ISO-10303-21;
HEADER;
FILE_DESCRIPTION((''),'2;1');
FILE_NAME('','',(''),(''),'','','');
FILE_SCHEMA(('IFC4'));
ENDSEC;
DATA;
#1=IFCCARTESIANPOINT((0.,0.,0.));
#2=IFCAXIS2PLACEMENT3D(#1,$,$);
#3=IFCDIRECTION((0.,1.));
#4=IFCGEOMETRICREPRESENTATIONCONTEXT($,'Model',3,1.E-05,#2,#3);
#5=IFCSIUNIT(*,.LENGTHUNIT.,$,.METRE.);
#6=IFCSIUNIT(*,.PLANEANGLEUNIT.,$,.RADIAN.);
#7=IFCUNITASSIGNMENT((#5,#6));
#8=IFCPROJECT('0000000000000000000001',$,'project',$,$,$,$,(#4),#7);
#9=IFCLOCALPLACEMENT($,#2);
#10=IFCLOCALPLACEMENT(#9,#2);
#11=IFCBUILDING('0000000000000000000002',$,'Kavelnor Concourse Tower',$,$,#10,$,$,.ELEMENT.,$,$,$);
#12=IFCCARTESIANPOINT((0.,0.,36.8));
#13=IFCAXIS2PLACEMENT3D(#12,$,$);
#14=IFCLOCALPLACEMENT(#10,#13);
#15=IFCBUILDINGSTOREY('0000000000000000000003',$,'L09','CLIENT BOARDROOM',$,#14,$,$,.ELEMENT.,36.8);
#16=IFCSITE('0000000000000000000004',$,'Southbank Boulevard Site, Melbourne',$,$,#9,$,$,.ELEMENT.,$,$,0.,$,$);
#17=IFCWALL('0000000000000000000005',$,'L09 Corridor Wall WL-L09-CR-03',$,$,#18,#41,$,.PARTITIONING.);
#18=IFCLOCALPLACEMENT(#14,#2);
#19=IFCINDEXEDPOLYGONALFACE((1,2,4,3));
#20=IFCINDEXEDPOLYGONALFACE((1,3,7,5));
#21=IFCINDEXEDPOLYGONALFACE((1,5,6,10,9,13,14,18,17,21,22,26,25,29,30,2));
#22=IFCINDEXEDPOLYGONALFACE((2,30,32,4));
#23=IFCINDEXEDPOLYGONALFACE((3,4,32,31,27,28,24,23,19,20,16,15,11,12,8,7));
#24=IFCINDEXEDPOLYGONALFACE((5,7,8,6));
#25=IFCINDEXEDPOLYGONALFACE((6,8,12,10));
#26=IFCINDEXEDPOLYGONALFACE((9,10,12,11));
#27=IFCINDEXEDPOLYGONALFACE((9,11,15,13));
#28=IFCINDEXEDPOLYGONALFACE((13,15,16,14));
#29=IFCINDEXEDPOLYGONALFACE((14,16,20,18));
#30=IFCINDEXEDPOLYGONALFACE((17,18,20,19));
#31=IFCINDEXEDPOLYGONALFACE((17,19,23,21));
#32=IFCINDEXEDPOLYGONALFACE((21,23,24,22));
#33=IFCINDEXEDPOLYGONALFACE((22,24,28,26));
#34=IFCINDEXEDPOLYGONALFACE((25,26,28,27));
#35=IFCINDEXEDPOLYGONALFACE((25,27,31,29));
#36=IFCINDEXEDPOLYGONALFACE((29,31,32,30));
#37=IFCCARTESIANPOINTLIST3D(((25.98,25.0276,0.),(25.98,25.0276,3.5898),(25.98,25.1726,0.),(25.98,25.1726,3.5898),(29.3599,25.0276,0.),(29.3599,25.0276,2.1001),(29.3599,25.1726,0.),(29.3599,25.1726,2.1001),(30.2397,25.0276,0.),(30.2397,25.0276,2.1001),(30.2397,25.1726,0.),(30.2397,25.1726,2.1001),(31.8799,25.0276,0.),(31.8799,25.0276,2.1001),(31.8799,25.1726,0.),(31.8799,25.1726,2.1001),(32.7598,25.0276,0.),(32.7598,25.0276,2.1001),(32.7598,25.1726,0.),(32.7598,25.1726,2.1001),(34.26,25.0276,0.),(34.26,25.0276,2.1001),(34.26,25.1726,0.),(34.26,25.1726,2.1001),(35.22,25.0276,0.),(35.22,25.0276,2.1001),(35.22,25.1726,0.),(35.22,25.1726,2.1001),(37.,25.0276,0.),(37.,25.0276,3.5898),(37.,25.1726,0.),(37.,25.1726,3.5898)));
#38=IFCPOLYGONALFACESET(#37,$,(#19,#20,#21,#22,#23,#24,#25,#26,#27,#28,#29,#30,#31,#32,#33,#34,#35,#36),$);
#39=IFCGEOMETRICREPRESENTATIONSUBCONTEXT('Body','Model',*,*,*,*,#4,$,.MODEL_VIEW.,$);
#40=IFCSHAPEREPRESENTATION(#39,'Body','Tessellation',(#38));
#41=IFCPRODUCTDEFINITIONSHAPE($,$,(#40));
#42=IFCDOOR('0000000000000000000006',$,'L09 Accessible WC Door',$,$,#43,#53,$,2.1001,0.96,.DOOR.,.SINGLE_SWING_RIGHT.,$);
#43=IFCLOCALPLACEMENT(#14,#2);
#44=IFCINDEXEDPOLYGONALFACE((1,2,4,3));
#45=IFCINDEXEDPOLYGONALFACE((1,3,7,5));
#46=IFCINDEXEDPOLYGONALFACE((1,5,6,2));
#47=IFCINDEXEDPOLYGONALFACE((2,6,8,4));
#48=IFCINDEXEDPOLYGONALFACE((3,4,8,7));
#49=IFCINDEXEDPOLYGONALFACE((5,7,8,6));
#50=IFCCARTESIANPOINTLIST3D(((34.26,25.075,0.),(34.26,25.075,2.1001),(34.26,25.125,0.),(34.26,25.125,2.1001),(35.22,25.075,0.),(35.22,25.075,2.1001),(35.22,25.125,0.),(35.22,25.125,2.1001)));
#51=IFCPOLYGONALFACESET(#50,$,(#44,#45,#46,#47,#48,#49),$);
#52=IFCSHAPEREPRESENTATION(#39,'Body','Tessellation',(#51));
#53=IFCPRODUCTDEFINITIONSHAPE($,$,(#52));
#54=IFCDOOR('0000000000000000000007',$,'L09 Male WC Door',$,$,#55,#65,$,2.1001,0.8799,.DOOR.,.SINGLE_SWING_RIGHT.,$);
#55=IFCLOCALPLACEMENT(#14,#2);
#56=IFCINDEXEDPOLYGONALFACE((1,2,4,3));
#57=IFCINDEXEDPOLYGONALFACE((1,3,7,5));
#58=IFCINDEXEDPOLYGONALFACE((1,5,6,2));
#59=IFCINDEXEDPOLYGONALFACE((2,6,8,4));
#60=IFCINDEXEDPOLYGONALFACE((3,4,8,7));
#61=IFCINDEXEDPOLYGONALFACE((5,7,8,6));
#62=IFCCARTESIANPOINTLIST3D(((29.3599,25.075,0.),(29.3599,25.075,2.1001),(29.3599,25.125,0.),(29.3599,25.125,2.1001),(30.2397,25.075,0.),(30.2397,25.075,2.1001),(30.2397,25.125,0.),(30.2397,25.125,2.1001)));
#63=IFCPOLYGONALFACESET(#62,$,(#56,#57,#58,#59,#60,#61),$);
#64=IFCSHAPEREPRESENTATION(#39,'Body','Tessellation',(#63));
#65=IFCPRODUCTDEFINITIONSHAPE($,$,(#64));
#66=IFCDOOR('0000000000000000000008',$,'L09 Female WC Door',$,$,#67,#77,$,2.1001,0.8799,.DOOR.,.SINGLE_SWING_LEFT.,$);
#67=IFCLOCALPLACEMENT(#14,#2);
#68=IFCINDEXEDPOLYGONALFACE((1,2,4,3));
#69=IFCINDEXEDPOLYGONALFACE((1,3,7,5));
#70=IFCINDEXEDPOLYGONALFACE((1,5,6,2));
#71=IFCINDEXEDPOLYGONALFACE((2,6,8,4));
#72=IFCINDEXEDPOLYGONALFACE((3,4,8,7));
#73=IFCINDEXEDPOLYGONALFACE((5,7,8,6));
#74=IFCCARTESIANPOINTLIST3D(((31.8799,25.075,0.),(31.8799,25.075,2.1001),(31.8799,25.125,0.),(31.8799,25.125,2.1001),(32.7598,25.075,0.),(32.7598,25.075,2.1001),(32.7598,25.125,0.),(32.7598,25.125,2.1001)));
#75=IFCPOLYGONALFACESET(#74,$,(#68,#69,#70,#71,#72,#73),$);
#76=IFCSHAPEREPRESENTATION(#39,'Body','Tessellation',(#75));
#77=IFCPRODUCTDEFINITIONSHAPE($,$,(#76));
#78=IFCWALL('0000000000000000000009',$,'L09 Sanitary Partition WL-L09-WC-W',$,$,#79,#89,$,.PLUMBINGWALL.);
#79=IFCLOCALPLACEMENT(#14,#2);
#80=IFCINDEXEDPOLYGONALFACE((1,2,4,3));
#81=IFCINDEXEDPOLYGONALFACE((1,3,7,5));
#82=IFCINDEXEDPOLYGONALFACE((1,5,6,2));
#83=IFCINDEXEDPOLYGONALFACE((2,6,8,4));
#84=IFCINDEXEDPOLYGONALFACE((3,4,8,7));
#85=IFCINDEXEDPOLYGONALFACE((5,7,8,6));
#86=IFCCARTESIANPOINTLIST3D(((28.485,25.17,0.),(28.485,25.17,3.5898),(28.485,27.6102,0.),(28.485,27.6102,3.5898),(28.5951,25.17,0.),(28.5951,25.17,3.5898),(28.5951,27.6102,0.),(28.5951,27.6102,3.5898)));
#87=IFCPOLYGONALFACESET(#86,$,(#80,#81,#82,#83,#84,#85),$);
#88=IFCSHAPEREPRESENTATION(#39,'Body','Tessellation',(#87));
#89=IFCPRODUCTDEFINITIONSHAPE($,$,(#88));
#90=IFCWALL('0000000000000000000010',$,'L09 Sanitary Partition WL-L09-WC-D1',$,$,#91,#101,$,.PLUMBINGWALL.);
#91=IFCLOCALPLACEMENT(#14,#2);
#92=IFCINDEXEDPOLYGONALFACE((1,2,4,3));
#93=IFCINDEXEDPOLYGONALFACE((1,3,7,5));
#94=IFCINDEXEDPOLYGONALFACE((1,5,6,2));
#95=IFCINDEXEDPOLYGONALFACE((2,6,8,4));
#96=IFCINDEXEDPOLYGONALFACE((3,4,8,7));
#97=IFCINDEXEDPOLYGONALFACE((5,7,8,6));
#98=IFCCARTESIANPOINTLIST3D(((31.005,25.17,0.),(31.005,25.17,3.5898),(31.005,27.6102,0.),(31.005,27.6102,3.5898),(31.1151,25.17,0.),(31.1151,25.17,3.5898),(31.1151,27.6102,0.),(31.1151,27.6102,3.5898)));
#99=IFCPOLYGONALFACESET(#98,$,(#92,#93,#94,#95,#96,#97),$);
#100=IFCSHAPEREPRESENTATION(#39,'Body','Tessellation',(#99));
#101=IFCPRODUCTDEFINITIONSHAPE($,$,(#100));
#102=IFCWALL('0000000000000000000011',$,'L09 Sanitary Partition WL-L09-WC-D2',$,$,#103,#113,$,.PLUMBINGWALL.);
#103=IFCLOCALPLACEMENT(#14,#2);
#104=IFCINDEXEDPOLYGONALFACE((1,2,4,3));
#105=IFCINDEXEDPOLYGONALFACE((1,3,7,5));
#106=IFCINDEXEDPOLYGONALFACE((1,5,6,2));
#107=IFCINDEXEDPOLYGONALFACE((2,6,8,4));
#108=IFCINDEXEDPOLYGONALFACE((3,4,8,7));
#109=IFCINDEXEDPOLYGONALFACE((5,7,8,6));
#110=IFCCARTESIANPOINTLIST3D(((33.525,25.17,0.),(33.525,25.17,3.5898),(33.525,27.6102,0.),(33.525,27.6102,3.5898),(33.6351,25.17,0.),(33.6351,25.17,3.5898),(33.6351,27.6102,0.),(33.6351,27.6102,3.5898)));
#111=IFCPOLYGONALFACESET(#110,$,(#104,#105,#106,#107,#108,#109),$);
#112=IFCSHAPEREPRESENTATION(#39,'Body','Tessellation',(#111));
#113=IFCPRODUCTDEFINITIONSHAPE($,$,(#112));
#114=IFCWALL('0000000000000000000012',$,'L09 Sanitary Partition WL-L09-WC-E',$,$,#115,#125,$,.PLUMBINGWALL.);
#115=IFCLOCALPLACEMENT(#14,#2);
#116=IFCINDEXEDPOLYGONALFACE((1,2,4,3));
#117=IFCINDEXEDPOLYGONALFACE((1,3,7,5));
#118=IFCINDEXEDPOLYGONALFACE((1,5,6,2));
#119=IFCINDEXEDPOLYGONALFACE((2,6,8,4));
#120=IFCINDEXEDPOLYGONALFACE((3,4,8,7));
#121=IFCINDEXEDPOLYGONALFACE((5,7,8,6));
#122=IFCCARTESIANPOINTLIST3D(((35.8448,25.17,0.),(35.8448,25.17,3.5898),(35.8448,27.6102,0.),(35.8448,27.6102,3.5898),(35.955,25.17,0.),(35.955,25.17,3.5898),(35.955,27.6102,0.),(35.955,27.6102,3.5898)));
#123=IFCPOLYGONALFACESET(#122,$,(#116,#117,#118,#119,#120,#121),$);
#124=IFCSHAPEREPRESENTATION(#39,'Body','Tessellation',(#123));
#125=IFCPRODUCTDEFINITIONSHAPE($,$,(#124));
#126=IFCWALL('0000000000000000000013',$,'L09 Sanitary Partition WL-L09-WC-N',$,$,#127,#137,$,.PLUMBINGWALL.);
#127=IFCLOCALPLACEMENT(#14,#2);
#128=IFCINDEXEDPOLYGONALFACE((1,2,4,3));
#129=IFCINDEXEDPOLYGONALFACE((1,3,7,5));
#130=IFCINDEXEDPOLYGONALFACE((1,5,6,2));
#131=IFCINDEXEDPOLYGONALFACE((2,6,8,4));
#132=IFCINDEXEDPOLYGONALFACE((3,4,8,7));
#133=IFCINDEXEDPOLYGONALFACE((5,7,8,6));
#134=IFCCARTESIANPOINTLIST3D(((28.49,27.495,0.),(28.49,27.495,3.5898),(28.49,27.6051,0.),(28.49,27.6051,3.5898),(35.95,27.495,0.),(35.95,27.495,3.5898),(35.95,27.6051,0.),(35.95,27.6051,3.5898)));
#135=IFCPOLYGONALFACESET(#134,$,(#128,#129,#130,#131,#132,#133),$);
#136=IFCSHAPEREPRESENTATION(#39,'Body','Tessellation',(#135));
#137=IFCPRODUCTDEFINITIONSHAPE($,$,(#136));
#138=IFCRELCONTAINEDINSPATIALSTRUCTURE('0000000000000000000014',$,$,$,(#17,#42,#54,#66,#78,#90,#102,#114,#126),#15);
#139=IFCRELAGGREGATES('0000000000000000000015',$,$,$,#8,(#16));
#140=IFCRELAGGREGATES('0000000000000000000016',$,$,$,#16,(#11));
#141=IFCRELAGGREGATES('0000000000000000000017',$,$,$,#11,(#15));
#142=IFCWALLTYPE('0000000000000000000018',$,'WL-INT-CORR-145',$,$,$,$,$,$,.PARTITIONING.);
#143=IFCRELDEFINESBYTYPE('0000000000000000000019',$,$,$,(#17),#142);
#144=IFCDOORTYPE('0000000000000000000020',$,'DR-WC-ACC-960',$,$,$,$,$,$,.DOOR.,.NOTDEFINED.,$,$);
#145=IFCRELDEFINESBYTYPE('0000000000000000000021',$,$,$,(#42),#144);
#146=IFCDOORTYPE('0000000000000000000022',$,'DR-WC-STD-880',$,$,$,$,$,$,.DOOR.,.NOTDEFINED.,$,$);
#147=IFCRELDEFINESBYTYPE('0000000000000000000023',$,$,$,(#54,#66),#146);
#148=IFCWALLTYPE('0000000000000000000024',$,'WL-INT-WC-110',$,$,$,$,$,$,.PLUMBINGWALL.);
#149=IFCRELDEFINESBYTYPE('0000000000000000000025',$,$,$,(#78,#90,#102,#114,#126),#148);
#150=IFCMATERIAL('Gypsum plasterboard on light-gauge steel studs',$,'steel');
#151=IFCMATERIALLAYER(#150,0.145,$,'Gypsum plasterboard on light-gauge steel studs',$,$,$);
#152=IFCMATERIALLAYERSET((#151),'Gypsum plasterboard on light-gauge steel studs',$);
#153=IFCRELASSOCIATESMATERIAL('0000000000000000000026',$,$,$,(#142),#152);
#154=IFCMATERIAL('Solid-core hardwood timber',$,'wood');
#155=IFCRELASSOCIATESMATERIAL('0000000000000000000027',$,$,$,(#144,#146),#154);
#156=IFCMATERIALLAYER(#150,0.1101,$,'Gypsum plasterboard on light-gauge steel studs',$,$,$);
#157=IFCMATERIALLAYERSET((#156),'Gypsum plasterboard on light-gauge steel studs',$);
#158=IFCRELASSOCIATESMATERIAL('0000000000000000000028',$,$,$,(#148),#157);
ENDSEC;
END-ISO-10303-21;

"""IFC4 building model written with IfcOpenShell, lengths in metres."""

from ifc_helpers import new_model, si_unit, direction, frame, frame_2d, origin, place, context, subcontext, project, spatial, rectangle, extrude, material, layer, layer_set, type_object, element, fill, save


model = new_model("IFC4")

# Units and contexts
model_context = context("Model", 3, precision=1e-05, world=origin(), true_north=direction((0.0, 1.0)))
body_context = subcontext(model_context, "Body", "Model", "MODEL_VIEW")
ifc_project = project(units=[si_unit("LENGTHUNIT", "METRE"), si_unit("PLANEANGLEUNIT", "RADIAN")], contexts=[model_context])

# Site, building, storey
site_placement = place(None, origin())
site = spatial("IfcSite", under=ifc_project, at=site_placement, Name="Southbank Boulevard Site, Melbourne", CompositionType="ELEMENT", RefElevation=0.0)
building_placement = place(site_placement, origin())
building = spatial("IfcBuilding", under=site, at=building_placement, Name="Kavelnor Concourse Tower", CompositionType="ELEMENT")
storey_placement = place(building_placement, frame((0.0, 0.0, 36.8)))
storey = spatial("IfcBuildingStorey", under=building, at=storey_placement, Name="L09", Description="CLIENT BOARDROOM", CompositionType="ELEMENT", Elevation=36.8)

# Wall, openings, doors
ifc_material_1 = material(Name="Gypsum plasterboard on light-gauge steel studs", Category="steel")
ifc_layer_1 = layer(ifc_material_1, 0.145, Name="Gypsum plasterboard on light-gauge steel studs")
ifc_layer_set_1 = layer_set([ifc_layer_1], Name="Gypsum plasterboard on light-gauge steel studs")
wall_type_1 = type_object("IfcWallType", Name="WL-INT-CORR-145", PredefinedType="PARTITIONING", material=ifc_layer_set_1)
wall_1_placement = place(storey_placement, frame((25.98, 25.1001, 0.0), z_axis=(0.0, 0.0, 1.0), x_axis=(1.0, 0.0, 0.0)))
wall_1 = element("IfcWall", 1, at=wall_1_placement, inside=storey, type_object=wall_type_1, Name="L09 Corridor Wall WL-L09-CR-03", PredefinedType="PARTITIONING", context=body_context, shape_type="SweptSolid", body=[
    extrude(rectangle(XDim=11.02, YDim=0.145, at=frame_2d((5.51, 0.0))), origin(), (0.0, 0.0, 1.0), 3.5898),
])
opening_1_placement = place(wall_1_placement, frame((3.3799, 0.0, 0.0)))
opening_1 = element("IfcOpeningElement", 2, at=opening_1_placement, cuts=wall_1, PredefinedType="OPENING", context=body_context, shape_type="SweptSolid", body=[
    extrude(rectangle(XDim=0.8799, YDim=2.1001, at=frame_2d((0.4399, 1.05))), frame((0.0, 0.0825, 0.0), z_axis=(0.0, -1.0, 0.0), x_axis=(1.0, 0.0, 0.0)), (0.0, 0.0, 1.0), 0.165),
])
opening_2_placement = place(wall_1_placement, frame((5.8999, 0.0, 0.0)))
opening_2 = element("IfcOpeningElement", 3, at=opening_2_placement, cuts=wall_1, PredefinedType="OPENING", context=body_context, shape_type="SweptSolid", body=[
    extrude(rectangle(XDim=0.8799, YDim=2.1001, at=frame_2d((0.4399, 1.05))), frame((0.0, 0.0825, 0.0), z_axis=(0.0, -1.0, 0.0), x_axis=(1.0, 0.0, 0.0)), (0.0, 0.0, 1.0), 0.165),
])
opening_3_placement = place(wall_1_placement, frame((8.28, 0.0, 0.0)))
opening_3 = element("IfcOpeningElement", 4, at=opening_3_placement, cuts=wall_1, PredefinedType="OPENING", context=body_context, shape_type="SweptSolid", body=[
    extrude(rectangle(XDim=0.96, YDim=2.1001, at=frame_2d((0.48, 1.05))), frame((0.0, 0.0825, 0.0), z_axis=(0.0, -1.0, 0.0), x_axis=(1.0, 0.0, 0.0)), (0.0, 0.0, 1.0), 0.165),
])
ifc_material_2 = material(Name="Solid-core hardwood timber", Category="wood")
door_type_1 = type_object("IfcDoorType", Name="DR-WC-ACC-960", OperationType="NOTDEFINED", PredefinedType="DOOR", material=ifc_material_2)
door_1_placement = place(opening_3_placement, origin())
door_1 = element("IfcDoor", 5, at=door_1_placement, inside=storey, type_object=door_type_1, Name="L09 Accessible WC Door", OperationType="SINGLE_SWING_RIGHT", OverallHeight=2.1001, OverallWidth=0.96, PredefinedType="DOOR", context=body_context, shape_type="SweptSolid", body=[
    extrude(rectangle(XDim=0.96, YDim=2.1001, at=frame_2d((0.48, 1.05))), frame((0.0, 0.0249, 0.0), z_axis=(0.0, -1.0, 0.0), x_axis=(1.0, 0.0, 0.0)), (0.0, 0.0, 1.0), 0.05),
])
fill(opening_3, door_1)
door_type_2 = type_object("IfcDoorType", Name="DR-WC-STD-880", OperationType="NOTDEFINED", PredefinedType="DOOR", material=ifc_material_2)
door_2_placement = place(opening_1_placement, origin())
door_2 = element("IfcDoor", 6, at=door_2_placement, inside=storey, type_object=door_type_2, Name="L09 Male WC Door", OperationType="SINGLE_SWING_RIGHT", OverallHeight=2.1001, OverallWidth=0.8799, PredefinedType="DOOR", context=body_context, shape_type="SweptSolid", body=[
    extrude(rectangle(XDim=0.8799, YDim=2.1001, at=frame_2d((0.4399, 1.05))), frame((0.0, 0.0249, 0.0), z_axis=(0.0, -1.0, 0.0), x_axis=(1.0, 0.0, 0.0)), (0.0, 0.0, 1.0), 0.05),
])
fill(opening_1, door_2)
door_3_placement = place(opening_2_placement, origin())
door_3 = element("IfcDoor", 7, at=door_3_placement, inside=storey, type_object=door_type_2, Name="L09 Female WC Door", OperationType="SINGLE_SWING_LEFT", OverallHeight=2.1001, OverallWidth=0.8799, PredefinedType="DOOR", context=body_context, shape_type="SweptSolid", body=[
    extrude(rectangle(XDim=0.8799, YDim=2.1001, at=frame_2d((0.4399, 1.05))), frame((0.0, 0.0249, 0.0), z_axis=(0.0, -1.0, 0.0), x_axis=(1.0, 0.0, 0.0)), (0.0, 0.0, 1.0), 0.05),
])
fill(opening_2, door_3)

# Walls
ifc_layer_2 = layer(ifc_material_1, 0.1101, Name="Gypsum plasterboard on light-gauge steel studs")
ifc_layer_set_2 = layer_set([ifc_layer_2], Name="Gypsum plasterboard on light-gauge steel studs")
wall_type_2 = type_object("IfcWallType", Name="WL-INT-WC-110", PredefinedType="PLUMBINGWALL", material=ifc_layer_set_2)
for number, where, z_axis, x_axis, name in (
    (8, (28.54, 25.1699, 0.0), (0.0, 0.0, 1.0), (0.0, 1.0, 0.0), "L09 Sanitary Partition WL-L09-WC-W"),
    (9, (31.0601, 25.1699, 0.0), (0.0, 0.0, 1.0), (0.0, 1.0, 0.0), "L09 Sanitary Partition WL-L09-WC-D1"),
    (10, (33.5801, 25.1699, 0.0), (0.0, 0.0, 1.0), (0.0, 1.0, 0.0), "L09 Sanitary Partition WL-L09-WC-D2"),
    (11, (35.8999, 25.1699, 0.0), (0.0, 0.0, 1.0), (0.0, 1.0, 0.0), "L09 Sanitary Partition WL-L09-WC-E"),
):
    element("IfcWall", number, at=place(storey_placement, frame(where, z_axis=z_axis, x_axis=x_axis)), inside=storey, type_object=wall_type_2, Name=name, PredefinedType="PLUMBINGWALL", context=body_context, shape_type="SweptSolid", body=[
        extrude(rectangle(XDim=2.4402, YDim=0.1101, at=frame_2d((1.2202, 0.0))), origin(), (0.0, 0.0, 1.0), 3.5898),
    ])
wall_2_placement = place(storey_placement, frame((28.49, 27.55, 0.0), z_axis=(0.0, 0.0, 1.0), x_axis=(1.0, 0.0, 0.0)))
element("IfcWall", 12, at=wall_2_placement, inside=storey, type_object=wall_type_2, Name="L09 Sanitary Partition WL-L09-WC-N", PredefinedType="PLUMBINGWALL", context=body_context, shape_type="SweptSolid", body=[
    extrude(rectangle(XDim=7.46, YDim=0.1101, at=frame_2d((3.73, 0.0))), origin(), (0.0, 0.0, 1.0), 3.5898),
])

save(model, "model.ifc")
